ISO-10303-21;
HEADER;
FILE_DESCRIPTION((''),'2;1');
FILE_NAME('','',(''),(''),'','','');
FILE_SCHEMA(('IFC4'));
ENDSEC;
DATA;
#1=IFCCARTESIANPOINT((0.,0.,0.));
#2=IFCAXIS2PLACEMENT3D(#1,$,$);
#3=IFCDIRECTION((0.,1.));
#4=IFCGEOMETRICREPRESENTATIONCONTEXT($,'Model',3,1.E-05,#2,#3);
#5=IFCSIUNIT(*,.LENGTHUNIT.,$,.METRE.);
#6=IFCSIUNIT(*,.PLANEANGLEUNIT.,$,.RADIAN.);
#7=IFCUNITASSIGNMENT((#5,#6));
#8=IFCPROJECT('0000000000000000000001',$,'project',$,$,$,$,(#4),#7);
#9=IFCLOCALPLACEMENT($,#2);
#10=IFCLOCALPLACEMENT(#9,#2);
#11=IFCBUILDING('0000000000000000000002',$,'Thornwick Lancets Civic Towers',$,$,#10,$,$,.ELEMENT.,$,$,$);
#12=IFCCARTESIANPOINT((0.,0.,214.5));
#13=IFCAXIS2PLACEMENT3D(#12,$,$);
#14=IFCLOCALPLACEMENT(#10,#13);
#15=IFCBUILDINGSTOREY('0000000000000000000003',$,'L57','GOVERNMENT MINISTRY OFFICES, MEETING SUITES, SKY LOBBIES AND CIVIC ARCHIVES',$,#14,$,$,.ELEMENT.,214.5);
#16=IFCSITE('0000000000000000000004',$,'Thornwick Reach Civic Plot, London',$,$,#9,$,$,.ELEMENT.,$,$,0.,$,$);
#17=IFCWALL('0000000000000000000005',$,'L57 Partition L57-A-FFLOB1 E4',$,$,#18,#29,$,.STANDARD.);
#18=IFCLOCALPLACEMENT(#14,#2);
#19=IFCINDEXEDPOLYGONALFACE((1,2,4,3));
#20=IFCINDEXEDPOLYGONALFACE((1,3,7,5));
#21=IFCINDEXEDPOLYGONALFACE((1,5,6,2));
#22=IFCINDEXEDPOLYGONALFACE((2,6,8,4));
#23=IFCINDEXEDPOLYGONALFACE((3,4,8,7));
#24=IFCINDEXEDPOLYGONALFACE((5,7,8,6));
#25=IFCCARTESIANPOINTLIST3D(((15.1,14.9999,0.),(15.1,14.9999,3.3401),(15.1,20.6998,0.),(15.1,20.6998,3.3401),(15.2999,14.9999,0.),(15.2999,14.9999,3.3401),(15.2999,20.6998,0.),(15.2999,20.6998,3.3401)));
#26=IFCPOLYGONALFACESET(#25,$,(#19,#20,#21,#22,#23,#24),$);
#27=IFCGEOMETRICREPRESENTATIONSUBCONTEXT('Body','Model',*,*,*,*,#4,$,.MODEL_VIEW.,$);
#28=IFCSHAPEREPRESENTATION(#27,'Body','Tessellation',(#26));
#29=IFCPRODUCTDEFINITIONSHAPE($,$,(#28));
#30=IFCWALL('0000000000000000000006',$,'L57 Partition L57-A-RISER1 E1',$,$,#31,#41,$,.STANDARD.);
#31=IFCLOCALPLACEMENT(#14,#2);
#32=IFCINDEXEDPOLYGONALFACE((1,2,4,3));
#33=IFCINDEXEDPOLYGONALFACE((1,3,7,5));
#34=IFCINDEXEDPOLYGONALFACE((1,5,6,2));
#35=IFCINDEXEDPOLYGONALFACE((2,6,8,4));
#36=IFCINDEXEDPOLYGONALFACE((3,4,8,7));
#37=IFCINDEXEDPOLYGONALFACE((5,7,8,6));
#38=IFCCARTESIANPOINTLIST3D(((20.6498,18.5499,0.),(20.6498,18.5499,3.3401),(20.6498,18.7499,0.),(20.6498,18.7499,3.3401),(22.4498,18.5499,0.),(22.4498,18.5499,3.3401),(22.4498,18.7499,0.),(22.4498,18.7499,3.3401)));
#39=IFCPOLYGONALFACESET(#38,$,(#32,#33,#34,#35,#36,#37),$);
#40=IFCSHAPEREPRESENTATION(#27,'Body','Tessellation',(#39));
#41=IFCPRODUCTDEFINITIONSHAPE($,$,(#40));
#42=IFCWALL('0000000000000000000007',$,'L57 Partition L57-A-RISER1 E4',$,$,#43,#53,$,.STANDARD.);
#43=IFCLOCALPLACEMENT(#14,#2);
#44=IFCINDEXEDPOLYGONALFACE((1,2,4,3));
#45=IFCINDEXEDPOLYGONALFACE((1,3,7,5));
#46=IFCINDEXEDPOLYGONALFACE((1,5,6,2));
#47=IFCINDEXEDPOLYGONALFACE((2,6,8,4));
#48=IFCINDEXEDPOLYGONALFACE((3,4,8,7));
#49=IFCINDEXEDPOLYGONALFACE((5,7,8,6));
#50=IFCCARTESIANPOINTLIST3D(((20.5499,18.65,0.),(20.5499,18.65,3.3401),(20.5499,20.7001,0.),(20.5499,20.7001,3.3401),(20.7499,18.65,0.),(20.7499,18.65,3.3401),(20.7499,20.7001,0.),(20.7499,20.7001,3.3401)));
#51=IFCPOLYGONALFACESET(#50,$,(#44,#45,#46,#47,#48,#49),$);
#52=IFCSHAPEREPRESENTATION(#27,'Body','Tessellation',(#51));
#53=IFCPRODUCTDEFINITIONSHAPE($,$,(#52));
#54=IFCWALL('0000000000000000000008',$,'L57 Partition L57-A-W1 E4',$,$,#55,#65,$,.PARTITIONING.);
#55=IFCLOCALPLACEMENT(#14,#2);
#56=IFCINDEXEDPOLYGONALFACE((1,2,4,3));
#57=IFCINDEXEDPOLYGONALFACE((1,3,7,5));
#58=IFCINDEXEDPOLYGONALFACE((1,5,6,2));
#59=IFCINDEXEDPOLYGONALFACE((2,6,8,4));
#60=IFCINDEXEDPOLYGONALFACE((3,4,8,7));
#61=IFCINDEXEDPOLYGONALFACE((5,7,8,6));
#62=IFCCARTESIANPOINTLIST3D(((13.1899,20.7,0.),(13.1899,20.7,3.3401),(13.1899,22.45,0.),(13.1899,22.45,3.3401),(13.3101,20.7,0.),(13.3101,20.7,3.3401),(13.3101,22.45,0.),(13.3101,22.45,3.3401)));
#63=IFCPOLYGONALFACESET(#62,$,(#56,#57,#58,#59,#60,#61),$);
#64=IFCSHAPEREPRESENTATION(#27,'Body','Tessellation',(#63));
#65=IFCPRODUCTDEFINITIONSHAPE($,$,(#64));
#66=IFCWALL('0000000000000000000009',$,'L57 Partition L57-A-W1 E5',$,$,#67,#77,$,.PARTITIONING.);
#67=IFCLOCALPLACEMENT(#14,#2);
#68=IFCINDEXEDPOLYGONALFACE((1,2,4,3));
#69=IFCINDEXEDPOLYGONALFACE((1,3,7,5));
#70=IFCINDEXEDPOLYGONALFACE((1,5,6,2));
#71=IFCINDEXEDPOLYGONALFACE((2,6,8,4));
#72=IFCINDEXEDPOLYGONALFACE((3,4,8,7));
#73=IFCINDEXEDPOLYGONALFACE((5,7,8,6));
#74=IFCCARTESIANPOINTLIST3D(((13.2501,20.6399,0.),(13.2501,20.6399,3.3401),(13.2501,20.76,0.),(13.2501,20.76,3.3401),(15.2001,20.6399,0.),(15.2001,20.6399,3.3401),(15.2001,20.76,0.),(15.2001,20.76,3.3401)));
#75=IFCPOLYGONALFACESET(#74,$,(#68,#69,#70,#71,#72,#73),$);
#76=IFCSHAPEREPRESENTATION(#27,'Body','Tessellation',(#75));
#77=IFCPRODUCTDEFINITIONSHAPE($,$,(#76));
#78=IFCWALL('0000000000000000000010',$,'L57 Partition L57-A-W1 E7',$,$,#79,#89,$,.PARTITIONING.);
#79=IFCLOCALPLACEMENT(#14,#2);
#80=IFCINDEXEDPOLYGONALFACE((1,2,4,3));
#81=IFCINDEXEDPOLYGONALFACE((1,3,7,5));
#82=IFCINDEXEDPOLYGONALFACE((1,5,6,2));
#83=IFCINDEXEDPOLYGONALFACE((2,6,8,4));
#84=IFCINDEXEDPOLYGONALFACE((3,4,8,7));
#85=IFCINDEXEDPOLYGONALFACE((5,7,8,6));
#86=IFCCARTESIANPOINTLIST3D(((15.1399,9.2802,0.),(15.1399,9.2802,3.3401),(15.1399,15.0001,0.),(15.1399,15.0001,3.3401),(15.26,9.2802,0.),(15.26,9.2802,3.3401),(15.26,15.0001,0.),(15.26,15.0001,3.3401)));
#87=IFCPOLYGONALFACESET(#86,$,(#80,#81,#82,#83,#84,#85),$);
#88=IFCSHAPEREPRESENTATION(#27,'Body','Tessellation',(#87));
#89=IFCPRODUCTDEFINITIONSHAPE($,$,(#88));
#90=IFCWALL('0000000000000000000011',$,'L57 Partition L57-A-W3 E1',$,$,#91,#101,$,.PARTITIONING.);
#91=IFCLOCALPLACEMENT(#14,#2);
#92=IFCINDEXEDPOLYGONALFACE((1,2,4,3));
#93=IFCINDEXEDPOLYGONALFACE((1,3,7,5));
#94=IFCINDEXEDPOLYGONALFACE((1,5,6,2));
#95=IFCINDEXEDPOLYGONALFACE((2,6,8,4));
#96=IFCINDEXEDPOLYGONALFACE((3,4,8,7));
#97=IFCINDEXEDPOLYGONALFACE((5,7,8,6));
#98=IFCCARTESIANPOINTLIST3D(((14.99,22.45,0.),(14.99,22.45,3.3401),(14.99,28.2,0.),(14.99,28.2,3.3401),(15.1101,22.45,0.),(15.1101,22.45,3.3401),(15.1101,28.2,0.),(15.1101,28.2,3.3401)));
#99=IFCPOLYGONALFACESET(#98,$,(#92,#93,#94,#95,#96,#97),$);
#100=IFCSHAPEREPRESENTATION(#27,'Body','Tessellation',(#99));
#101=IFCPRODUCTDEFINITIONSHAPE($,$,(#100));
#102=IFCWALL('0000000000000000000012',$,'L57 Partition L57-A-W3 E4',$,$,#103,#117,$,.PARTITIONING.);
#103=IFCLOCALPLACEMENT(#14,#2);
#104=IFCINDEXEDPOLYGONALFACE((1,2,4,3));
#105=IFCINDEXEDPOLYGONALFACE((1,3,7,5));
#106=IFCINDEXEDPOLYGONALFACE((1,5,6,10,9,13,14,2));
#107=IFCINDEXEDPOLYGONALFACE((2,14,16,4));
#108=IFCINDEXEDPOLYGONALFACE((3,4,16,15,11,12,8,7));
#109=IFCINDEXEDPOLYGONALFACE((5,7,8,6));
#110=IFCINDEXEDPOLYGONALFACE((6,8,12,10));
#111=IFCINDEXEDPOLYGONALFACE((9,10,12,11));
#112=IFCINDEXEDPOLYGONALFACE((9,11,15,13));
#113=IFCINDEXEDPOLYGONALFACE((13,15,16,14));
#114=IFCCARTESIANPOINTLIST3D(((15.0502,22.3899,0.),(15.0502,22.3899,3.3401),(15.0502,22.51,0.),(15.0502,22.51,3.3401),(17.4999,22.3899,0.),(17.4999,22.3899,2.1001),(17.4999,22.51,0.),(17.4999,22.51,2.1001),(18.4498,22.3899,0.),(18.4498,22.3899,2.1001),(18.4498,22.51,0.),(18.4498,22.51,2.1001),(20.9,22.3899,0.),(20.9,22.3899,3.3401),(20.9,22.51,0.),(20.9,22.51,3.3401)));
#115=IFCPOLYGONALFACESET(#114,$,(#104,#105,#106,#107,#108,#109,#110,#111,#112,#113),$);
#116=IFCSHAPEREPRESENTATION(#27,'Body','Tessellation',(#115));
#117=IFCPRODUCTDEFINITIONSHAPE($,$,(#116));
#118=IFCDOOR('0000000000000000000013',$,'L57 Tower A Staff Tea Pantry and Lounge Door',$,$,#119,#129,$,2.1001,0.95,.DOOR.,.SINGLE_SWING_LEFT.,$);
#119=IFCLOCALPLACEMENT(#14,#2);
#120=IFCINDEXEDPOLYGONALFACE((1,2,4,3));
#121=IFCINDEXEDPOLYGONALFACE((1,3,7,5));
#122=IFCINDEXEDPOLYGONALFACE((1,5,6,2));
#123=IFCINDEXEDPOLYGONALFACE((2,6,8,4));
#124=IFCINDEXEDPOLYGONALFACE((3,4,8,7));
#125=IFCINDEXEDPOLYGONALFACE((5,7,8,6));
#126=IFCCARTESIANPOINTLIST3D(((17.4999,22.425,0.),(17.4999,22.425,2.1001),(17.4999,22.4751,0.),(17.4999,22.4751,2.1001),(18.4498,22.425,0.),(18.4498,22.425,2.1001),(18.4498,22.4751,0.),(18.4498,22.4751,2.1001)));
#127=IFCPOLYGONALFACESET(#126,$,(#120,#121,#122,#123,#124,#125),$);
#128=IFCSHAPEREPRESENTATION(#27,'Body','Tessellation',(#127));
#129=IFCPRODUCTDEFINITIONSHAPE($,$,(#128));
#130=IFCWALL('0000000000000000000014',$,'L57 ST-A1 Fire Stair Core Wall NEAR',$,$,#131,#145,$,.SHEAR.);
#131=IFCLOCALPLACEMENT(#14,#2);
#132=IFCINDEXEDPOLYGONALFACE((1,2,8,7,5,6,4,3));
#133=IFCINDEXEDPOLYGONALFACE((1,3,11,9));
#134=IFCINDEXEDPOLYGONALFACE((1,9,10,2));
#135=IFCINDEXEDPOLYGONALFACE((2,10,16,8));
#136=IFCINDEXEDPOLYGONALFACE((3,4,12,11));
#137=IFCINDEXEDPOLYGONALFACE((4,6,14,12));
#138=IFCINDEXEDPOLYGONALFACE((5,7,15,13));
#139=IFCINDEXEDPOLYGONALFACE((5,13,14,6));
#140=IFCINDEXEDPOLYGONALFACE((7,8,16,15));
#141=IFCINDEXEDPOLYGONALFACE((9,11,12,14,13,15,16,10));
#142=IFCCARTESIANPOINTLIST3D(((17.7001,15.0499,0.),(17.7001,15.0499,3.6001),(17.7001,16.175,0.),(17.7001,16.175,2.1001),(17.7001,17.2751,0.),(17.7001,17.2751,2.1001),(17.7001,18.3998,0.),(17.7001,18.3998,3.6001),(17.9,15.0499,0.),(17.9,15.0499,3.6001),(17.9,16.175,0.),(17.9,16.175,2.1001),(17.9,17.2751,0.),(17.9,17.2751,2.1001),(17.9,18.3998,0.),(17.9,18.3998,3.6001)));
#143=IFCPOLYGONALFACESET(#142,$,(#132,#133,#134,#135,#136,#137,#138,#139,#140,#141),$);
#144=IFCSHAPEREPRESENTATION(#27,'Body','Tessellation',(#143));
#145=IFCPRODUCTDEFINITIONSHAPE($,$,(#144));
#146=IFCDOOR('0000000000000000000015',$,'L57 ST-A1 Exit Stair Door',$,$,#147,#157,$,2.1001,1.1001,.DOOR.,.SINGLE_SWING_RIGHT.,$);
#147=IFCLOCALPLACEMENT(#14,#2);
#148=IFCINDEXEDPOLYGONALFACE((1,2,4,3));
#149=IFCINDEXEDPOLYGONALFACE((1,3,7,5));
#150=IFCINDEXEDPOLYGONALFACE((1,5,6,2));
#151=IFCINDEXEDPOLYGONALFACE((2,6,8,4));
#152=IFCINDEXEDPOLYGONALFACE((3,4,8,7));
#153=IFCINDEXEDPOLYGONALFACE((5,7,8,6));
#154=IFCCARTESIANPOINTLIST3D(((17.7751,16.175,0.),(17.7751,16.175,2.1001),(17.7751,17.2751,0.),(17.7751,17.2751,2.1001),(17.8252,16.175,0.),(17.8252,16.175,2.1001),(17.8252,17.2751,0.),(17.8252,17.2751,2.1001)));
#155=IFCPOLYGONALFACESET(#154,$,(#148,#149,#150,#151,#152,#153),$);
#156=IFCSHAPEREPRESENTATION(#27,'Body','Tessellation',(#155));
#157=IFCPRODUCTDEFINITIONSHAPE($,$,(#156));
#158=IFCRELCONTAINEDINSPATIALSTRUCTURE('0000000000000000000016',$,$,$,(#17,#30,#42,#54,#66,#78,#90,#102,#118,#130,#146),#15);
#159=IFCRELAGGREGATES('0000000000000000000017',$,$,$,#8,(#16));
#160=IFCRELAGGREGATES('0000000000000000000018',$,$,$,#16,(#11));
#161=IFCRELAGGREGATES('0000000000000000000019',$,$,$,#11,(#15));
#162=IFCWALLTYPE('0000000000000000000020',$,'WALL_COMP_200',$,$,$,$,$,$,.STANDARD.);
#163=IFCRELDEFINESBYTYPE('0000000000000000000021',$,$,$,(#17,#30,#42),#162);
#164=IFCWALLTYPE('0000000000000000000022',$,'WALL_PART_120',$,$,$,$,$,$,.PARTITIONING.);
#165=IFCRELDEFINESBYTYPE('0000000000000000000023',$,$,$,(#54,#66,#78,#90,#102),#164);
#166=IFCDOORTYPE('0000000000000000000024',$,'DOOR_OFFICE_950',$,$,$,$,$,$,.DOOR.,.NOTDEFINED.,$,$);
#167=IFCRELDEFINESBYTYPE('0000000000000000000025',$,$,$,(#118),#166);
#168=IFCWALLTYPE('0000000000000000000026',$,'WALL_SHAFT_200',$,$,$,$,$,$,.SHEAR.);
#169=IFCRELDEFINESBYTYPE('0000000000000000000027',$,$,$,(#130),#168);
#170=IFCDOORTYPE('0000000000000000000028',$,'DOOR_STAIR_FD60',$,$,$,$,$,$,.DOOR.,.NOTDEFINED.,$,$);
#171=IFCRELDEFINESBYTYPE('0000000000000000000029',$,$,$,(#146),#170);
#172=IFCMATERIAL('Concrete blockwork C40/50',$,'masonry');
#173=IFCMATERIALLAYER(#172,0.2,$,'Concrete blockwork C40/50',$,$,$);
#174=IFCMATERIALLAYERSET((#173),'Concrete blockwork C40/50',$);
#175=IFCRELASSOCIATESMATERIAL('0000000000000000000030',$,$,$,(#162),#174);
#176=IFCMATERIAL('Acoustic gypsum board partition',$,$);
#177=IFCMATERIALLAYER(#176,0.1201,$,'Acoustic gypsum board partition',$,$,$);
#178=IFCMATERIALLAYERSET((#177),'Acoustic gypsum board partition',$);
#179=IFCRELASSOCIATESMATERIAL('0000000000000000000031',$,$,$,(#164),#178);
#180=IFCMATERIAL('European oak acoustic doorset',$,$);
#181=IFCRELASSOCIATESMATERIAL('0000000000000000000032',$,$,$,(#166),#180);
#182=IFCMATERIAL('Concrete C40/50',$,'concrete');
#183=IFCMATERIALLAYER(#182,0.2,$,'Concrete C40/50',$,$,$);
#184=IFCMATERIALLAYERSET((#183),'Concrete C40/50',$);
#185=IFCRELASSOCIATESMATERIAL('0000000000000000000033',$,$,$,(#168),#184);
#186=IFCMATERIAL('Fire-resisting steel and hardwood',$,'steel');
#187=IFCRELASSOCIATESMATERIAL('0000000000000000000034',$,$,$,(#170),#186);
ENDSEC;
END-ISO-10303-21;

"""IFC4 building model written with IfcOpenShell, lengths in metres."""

from ifc_helpers import new_model, si_unit, direction, frame, frame_2d, origin, place, context, subcontext, project, spatial, rectangle, extrude, material, layer, layer_set, type_object, element, fill, save


model = new_model("IFC4")

# Units and contexts
model_context = context("Model", 3, precision=1e-05, world=origin(), true_north=direction((0.0, 1.0)))
body_context = subcontext(model_context, "Body", "Model", "MODEL_VIEW")
ifc_project = project(units=[si_unit("LENGTHUNIT", "METRE"), si_unit("PLANEANGLEUNIT", "RADIAN")], contexts=[model_context])

# Site, building, storey
site_placement = place(None, origin())
site = spatial("IfcSite", under=ifc_project, at=site_placement, Name="Thornwick Reach Civic Plot, London", CompositionType="ELEMENT", RefElevation=0.0)
building_placement = place(site_placement, origin())
building = spatial("IfcBuilding", under=site, at=building_placement, Name="Thornwick Lancets Civic Towers", CompositionType="ELEMENT")
storey_placement = place(building_placement, frame((0.0, 0.0, 214.5)))
storey = spatial("IfcBuildingStorey", under=building, at=storey_placement, Name="L57", Description="GOVERNMENT MINISTRY OFFICES, MEETING SUITES, SKY LOBBIES AND CIVIC ARCHIVES", CompositionType="ELEMENT", Elevation=214.5)

# Shared definitions
ifc_material_1 = material(Name="Concrete blockwork C40/50", Category="masonry")
ifc_layer_1 = layer(ifc_material_1, 0.2, Name="Concrete blockwork C40/50")
ifc_layer_set_1 = layer_set([ifc_layer_1], Name="Concrete blockwork C40/50")
wall_type_1 = type_object("IfcWallType", Name="WALL_COMP_200", PredefinedType="STANDARD", material=ifc_layer_set_1)

# Walls
wall_1_placement = place(storey_placement, frame((15.2, 20.7, 0.0), z_axis=(0.0, 0.0, 1.0), x_axis=(0.0, -1.0, 0.0)))
element("IfcWall", 1, at=wall_1_placement, inside=storey, type_object=wall_type_1, Name="L57 Partition L57-A-FFLOB1 E4", PredefinedType="STANDARD", context=body_context, shape_type="SweptSolid", body=[
    extrude(rectangle(XDim=5.7, YDim=0.2, at=frame_2d((2.8501, 0.0))), origin(), (0.0, 0.0, 1.0), 3.3401),
])
wall_2_placement = place(storey_placement, frame((20.6499, 18.6499, 0.0), z_axis=(0.0, 0.0, 1.0), x_axis=(1.0, 0.0, 0.0)))
element("IfcWall", 2, at=wall_2_placement, inside=storey, type_object=wall_type_1, Name="L57 Partition L57-A-RISER1 E1", PredefinedType="STANDARD", context=body_context, shape_type="SweptSolid", body=[
    extrude(rectangle(XDim=1.8, YDim=0.2, at=frame_2d((0.8999, 0.0))), origin(), (0.0, 0.0, 1.0), 3.3401),
])
wall_3_placement = place(storey_placement, frame((20.6499, 20.7, 0.0), z_axis=(0.0, 0.0, 1.0), x_axis=(0.0, -1.0, 0.0)))
element("IfcWall", 3, at=wall_3_placement, inside=storey, type_object=wall_type_1, Name="L57 Partition L57-A-RISER1 E4", PredefinedType="STANDARD", context=body_context, shape_type="SweptSolid", body=[
    extrude(rectangle(XDim=2.05, YDim=0.2, at=frame_2d((1.0249, 0.0))), origin(), (0.0, 0.0, 1.0), 3.3401),
])
ifc_material_2 = material(Name="Acoustic gypsum board partition")
ifc_layer_2 = layer(ifc_material_2, 0.1201, Name="Acoustic gypsum board partition")
ifc_layer_set_2 = layer_set([ifc_layer_2], Name="Acoustic gypsum board partition")
wall_type_2 = type_object("IfcWallType", Name="WALL_PART_120", PredefinedType="PARTITIONING", material=ifc_layer_set_2)
wall_4_placement = place(storey_placement, frame((13.25, 22.45, 0.0), z_axis=(0.0, 0.0, 1.0), x_axis=(0.0, -1.0, 0.0)))
element("IfcWall", 4, at=wall_4_placement, inside=storey, type_object=wall_type_2, Name="L57 Partition L57-A-W1 E4", PredefinedType="PARTITIONING", context=body_context, shape_type="SweptSolid", body=[
    extrude(rectangle(XDim=1.75, YDim=0.1201, at=frame_2d((0.875, 0.0))), origin(), (0.0, 0.0, 1.0), 3.3401),
])
wall_5_placement = place(storey_placement, frame((13.25, 20.7, 0.0), z_axis=(0.0, 0.0, 1.0), x_axis=(1.0, 0.0, 0.0)))
element("IfcWall", 5, at=wall_5_placement, inside=storey, type_object=wall_type_2, Name="L57 Partition L57-A-W1 E5", PredefinedType="PARTITIONING", context=body_context, shape_type="SweptSolid", body=[
    extrude(rectangle(XDim=1.95, YDim=0.1201, at=frame_2d((0.9751, 0.0))), origin(), (0.0, 0.0, 1.0), 3.3401),
])
wall_6_placement = place(storey_placement, frame((15.2, 15.0, 0.0), z_axis=(0.0, 0.0, 1.0), x_axis=(0.0, -1.0, 0.0)))
element("IfcWall", 6, at=wall_6_placement, inside=storey, type_object=wall_type_2, Name="L57 Partition L57-A-W1 E7", PredefinedType="PARTITIONING", context=body_context, shape_type="SweptSolid", body=[
    extrude(rectangle(XDim=5.72, YDim=0.1201, at=frame_2d((2.8599, 0.0))), origin(), (0.0, 0.0, 1.0), 3.3401),
])
wall_7_placement = place(storey_placement, frame((15.05, 22.45, 0.0), z_axis=(0.0, 0.0, 1.0), x_axis=(0.0, 1.0, 0.0)))
element("IfcWall", 7, at=wall_7_placement, inside=storey, type_object=wall_type_2, Name="L57 Partition L57-A-W3 E1", PredefinedType="PARTITIONING", context=body_context, shape_type="SweptSolid", body=[
    extrude(rectangle(XDim=5.75, YDim=0.1201, at=frame_2d((2.875, 0.0))), origin(), (0.0, 0.0, 1.0), 3.3401),
])

# Walls, openings, doors
wall_8_placement = place(storey_placement, frame((20.8999, 22.45, 0.0), z_axis=(0.0, 0.0, 1.0), x_axis=(-1.0, 0.0, 0.0)))
wall_8 = element("IfcWall", 8, at=wall_8_placement, inside=storey, type_object=wall_type_2, Name="L57 Partition L57-A-W3 E4", PredefinedType="PARTITIONING", context=body_context, shape_type="SweptSolid", body=[
    extrude(rectangle(XDim=5.8499, YDim=0.1201, at=frame_2d((2.9248, 0.0))), origin(), (0.0, 0.0, 1.0), 3.3401),
])
opening_1_placement = place(wall_8_placement, frame((2.45, 0.0, 0.0)))
opening_1 = element("IfcOpeningElement", 9, at=opening_1_placement, cuts=wall_8, PredefinedType="OPENING", context=body_context, shape_type="SweptSolid", body=[
    extrude(rectangle(XDim=0.95, YDim=2.1001, at=frame_2d((0.4751, 1.05))), frame((0.0, 0.0701, 0.0), z_axis=(0.0, -1.0, 0.0), x_axis=(1.0, 0.0, 0.0)), (0.0, 0.0, 1.0), 0.1401),
])
ifc_material_3 = material(Name="European oak acoustic doorset")
door_type_1 = type_object("IfcDoorType", Name="DOOR_OFFICE_950", OperationType="NOTDEFINED", PredefinedType="DOOR", material=ifc_material_3)
door_1_placement = place(opening_1_placement, origin())
door_1 = element("IfcDoor", 10, at=door_1_placement, inside=storey, type_object=door_type_1, Name="L57 Tower A Staff Tea Pantry and Lounge Door", OperationType="SINGLE_SWING_LEFT", OverallHeight=2.1001, OverallWidth=0.95, PredefinedType="DOOR", context=body_context, shape_type="SweptSolid", body=[
    extrude(rectangle(XDim=0.95, YDim=2.1001, at=frame_2d((0.4751, 1.05))), frame((0.0, 0.0249, 0.0), z_axis=(0.0, -1.0, 0.0), x_axis=(1.0, 0.0, 0.0)), (0.0, 0.0, 1.0), 0.05),
])
fill(opening_1, door_1)
ifc_material_4 = material(Name="Concrete C40/50", Category="concrete")
ifc_layer_3 = layer(ifc_material_4, 0.2, Name="Concrete C40/50")
ifc_layer_set_3 = layer_set([ifc_layer_3], Name="Concrete C40/50")
wall_type_3 = type_object("IfcWallType", Name="WALL_SHAFT_200", PredefinedType="SHEAR", material=ifc_layer_set_3)
wall_9_placement = place(storey_placement, frame((17.8, 15.05, 0.0), z_axis=(0.0, 0.0, 1.0), x_axis=(0.0, 1.0, 0.0)))
wall_9 = element("IfcWall", 11, at=wall_9_placement, inside=storey, type_object=wall_type_3, Name="L57 ST-A1 Fire Stair Core Wall NEAR", PredefinedType="SHEAR", context=body_context, shape_type="SweptSolid", body=[
    extrude(rectangle(XDim=3.3499, YDim=0.2, at=frame_2d((1.6748, 0.0))), origin(), (0.0, 0.0, 1.0), 3.6001),
])
opening_2_placement = place(wall_9_placement, frame((1.125, 0.0, 0.0)))
opening_2 = element("IfcOpeningElement", 12, at=opening_2_placement, cuts=wall_9, PredefinedType="OPENING", context=body_context, shape_type="SweptSolid", body=[
    extrude(rectangle(XDim=1.1001, YDim=2.1001, at=frame_2d((0.55, 1.05))), frame((0.0, 0.1099, 0.0), z_axis=(0.0, -1.0, 0.0), x_axis=(1.0, 0.0, 0.0)), (0.0, 0.0, 1.0), 0.22),
])
ifc_material_5 = material(Name="Fire-resisting steel and hardwood", Category="steel")
door_type_2 = type_object("IfcDoorType", Name="DOOR_STAIR_FD60", OperationType="NOTDEFINED", PredefinedType="DOOR", material=ifc_material_5)
door_2_placement = place(opening_2_placement, origin())
door_2 = element("IfcDoor", 13, at=door_2_placement, inside=storey, type_object=door_type_2, Name="L57 ST-A1 Exit Stair Door", OperationType="SINGLE_SWING_RIGHT", OverallHeight=2.1001, OverallWidth=1.1001, PredefinedType="DOOR", context=body_context, shape_type="SweptSolid", body=[
    extrude(rectangle(XDim=1.1001, YDim=2.1001, at=frame_2d((0.55, 1.05))), frame((0.0, 0.0249, 0.0), z_axis=(0.0, -1.0, 0.0), x_axis=(1.0, 0.0, 0.0)), (0.0, 0.0, 1.0), 0.05),
])
fill(opening_2, door_2)

save(model, "model.ifc")
